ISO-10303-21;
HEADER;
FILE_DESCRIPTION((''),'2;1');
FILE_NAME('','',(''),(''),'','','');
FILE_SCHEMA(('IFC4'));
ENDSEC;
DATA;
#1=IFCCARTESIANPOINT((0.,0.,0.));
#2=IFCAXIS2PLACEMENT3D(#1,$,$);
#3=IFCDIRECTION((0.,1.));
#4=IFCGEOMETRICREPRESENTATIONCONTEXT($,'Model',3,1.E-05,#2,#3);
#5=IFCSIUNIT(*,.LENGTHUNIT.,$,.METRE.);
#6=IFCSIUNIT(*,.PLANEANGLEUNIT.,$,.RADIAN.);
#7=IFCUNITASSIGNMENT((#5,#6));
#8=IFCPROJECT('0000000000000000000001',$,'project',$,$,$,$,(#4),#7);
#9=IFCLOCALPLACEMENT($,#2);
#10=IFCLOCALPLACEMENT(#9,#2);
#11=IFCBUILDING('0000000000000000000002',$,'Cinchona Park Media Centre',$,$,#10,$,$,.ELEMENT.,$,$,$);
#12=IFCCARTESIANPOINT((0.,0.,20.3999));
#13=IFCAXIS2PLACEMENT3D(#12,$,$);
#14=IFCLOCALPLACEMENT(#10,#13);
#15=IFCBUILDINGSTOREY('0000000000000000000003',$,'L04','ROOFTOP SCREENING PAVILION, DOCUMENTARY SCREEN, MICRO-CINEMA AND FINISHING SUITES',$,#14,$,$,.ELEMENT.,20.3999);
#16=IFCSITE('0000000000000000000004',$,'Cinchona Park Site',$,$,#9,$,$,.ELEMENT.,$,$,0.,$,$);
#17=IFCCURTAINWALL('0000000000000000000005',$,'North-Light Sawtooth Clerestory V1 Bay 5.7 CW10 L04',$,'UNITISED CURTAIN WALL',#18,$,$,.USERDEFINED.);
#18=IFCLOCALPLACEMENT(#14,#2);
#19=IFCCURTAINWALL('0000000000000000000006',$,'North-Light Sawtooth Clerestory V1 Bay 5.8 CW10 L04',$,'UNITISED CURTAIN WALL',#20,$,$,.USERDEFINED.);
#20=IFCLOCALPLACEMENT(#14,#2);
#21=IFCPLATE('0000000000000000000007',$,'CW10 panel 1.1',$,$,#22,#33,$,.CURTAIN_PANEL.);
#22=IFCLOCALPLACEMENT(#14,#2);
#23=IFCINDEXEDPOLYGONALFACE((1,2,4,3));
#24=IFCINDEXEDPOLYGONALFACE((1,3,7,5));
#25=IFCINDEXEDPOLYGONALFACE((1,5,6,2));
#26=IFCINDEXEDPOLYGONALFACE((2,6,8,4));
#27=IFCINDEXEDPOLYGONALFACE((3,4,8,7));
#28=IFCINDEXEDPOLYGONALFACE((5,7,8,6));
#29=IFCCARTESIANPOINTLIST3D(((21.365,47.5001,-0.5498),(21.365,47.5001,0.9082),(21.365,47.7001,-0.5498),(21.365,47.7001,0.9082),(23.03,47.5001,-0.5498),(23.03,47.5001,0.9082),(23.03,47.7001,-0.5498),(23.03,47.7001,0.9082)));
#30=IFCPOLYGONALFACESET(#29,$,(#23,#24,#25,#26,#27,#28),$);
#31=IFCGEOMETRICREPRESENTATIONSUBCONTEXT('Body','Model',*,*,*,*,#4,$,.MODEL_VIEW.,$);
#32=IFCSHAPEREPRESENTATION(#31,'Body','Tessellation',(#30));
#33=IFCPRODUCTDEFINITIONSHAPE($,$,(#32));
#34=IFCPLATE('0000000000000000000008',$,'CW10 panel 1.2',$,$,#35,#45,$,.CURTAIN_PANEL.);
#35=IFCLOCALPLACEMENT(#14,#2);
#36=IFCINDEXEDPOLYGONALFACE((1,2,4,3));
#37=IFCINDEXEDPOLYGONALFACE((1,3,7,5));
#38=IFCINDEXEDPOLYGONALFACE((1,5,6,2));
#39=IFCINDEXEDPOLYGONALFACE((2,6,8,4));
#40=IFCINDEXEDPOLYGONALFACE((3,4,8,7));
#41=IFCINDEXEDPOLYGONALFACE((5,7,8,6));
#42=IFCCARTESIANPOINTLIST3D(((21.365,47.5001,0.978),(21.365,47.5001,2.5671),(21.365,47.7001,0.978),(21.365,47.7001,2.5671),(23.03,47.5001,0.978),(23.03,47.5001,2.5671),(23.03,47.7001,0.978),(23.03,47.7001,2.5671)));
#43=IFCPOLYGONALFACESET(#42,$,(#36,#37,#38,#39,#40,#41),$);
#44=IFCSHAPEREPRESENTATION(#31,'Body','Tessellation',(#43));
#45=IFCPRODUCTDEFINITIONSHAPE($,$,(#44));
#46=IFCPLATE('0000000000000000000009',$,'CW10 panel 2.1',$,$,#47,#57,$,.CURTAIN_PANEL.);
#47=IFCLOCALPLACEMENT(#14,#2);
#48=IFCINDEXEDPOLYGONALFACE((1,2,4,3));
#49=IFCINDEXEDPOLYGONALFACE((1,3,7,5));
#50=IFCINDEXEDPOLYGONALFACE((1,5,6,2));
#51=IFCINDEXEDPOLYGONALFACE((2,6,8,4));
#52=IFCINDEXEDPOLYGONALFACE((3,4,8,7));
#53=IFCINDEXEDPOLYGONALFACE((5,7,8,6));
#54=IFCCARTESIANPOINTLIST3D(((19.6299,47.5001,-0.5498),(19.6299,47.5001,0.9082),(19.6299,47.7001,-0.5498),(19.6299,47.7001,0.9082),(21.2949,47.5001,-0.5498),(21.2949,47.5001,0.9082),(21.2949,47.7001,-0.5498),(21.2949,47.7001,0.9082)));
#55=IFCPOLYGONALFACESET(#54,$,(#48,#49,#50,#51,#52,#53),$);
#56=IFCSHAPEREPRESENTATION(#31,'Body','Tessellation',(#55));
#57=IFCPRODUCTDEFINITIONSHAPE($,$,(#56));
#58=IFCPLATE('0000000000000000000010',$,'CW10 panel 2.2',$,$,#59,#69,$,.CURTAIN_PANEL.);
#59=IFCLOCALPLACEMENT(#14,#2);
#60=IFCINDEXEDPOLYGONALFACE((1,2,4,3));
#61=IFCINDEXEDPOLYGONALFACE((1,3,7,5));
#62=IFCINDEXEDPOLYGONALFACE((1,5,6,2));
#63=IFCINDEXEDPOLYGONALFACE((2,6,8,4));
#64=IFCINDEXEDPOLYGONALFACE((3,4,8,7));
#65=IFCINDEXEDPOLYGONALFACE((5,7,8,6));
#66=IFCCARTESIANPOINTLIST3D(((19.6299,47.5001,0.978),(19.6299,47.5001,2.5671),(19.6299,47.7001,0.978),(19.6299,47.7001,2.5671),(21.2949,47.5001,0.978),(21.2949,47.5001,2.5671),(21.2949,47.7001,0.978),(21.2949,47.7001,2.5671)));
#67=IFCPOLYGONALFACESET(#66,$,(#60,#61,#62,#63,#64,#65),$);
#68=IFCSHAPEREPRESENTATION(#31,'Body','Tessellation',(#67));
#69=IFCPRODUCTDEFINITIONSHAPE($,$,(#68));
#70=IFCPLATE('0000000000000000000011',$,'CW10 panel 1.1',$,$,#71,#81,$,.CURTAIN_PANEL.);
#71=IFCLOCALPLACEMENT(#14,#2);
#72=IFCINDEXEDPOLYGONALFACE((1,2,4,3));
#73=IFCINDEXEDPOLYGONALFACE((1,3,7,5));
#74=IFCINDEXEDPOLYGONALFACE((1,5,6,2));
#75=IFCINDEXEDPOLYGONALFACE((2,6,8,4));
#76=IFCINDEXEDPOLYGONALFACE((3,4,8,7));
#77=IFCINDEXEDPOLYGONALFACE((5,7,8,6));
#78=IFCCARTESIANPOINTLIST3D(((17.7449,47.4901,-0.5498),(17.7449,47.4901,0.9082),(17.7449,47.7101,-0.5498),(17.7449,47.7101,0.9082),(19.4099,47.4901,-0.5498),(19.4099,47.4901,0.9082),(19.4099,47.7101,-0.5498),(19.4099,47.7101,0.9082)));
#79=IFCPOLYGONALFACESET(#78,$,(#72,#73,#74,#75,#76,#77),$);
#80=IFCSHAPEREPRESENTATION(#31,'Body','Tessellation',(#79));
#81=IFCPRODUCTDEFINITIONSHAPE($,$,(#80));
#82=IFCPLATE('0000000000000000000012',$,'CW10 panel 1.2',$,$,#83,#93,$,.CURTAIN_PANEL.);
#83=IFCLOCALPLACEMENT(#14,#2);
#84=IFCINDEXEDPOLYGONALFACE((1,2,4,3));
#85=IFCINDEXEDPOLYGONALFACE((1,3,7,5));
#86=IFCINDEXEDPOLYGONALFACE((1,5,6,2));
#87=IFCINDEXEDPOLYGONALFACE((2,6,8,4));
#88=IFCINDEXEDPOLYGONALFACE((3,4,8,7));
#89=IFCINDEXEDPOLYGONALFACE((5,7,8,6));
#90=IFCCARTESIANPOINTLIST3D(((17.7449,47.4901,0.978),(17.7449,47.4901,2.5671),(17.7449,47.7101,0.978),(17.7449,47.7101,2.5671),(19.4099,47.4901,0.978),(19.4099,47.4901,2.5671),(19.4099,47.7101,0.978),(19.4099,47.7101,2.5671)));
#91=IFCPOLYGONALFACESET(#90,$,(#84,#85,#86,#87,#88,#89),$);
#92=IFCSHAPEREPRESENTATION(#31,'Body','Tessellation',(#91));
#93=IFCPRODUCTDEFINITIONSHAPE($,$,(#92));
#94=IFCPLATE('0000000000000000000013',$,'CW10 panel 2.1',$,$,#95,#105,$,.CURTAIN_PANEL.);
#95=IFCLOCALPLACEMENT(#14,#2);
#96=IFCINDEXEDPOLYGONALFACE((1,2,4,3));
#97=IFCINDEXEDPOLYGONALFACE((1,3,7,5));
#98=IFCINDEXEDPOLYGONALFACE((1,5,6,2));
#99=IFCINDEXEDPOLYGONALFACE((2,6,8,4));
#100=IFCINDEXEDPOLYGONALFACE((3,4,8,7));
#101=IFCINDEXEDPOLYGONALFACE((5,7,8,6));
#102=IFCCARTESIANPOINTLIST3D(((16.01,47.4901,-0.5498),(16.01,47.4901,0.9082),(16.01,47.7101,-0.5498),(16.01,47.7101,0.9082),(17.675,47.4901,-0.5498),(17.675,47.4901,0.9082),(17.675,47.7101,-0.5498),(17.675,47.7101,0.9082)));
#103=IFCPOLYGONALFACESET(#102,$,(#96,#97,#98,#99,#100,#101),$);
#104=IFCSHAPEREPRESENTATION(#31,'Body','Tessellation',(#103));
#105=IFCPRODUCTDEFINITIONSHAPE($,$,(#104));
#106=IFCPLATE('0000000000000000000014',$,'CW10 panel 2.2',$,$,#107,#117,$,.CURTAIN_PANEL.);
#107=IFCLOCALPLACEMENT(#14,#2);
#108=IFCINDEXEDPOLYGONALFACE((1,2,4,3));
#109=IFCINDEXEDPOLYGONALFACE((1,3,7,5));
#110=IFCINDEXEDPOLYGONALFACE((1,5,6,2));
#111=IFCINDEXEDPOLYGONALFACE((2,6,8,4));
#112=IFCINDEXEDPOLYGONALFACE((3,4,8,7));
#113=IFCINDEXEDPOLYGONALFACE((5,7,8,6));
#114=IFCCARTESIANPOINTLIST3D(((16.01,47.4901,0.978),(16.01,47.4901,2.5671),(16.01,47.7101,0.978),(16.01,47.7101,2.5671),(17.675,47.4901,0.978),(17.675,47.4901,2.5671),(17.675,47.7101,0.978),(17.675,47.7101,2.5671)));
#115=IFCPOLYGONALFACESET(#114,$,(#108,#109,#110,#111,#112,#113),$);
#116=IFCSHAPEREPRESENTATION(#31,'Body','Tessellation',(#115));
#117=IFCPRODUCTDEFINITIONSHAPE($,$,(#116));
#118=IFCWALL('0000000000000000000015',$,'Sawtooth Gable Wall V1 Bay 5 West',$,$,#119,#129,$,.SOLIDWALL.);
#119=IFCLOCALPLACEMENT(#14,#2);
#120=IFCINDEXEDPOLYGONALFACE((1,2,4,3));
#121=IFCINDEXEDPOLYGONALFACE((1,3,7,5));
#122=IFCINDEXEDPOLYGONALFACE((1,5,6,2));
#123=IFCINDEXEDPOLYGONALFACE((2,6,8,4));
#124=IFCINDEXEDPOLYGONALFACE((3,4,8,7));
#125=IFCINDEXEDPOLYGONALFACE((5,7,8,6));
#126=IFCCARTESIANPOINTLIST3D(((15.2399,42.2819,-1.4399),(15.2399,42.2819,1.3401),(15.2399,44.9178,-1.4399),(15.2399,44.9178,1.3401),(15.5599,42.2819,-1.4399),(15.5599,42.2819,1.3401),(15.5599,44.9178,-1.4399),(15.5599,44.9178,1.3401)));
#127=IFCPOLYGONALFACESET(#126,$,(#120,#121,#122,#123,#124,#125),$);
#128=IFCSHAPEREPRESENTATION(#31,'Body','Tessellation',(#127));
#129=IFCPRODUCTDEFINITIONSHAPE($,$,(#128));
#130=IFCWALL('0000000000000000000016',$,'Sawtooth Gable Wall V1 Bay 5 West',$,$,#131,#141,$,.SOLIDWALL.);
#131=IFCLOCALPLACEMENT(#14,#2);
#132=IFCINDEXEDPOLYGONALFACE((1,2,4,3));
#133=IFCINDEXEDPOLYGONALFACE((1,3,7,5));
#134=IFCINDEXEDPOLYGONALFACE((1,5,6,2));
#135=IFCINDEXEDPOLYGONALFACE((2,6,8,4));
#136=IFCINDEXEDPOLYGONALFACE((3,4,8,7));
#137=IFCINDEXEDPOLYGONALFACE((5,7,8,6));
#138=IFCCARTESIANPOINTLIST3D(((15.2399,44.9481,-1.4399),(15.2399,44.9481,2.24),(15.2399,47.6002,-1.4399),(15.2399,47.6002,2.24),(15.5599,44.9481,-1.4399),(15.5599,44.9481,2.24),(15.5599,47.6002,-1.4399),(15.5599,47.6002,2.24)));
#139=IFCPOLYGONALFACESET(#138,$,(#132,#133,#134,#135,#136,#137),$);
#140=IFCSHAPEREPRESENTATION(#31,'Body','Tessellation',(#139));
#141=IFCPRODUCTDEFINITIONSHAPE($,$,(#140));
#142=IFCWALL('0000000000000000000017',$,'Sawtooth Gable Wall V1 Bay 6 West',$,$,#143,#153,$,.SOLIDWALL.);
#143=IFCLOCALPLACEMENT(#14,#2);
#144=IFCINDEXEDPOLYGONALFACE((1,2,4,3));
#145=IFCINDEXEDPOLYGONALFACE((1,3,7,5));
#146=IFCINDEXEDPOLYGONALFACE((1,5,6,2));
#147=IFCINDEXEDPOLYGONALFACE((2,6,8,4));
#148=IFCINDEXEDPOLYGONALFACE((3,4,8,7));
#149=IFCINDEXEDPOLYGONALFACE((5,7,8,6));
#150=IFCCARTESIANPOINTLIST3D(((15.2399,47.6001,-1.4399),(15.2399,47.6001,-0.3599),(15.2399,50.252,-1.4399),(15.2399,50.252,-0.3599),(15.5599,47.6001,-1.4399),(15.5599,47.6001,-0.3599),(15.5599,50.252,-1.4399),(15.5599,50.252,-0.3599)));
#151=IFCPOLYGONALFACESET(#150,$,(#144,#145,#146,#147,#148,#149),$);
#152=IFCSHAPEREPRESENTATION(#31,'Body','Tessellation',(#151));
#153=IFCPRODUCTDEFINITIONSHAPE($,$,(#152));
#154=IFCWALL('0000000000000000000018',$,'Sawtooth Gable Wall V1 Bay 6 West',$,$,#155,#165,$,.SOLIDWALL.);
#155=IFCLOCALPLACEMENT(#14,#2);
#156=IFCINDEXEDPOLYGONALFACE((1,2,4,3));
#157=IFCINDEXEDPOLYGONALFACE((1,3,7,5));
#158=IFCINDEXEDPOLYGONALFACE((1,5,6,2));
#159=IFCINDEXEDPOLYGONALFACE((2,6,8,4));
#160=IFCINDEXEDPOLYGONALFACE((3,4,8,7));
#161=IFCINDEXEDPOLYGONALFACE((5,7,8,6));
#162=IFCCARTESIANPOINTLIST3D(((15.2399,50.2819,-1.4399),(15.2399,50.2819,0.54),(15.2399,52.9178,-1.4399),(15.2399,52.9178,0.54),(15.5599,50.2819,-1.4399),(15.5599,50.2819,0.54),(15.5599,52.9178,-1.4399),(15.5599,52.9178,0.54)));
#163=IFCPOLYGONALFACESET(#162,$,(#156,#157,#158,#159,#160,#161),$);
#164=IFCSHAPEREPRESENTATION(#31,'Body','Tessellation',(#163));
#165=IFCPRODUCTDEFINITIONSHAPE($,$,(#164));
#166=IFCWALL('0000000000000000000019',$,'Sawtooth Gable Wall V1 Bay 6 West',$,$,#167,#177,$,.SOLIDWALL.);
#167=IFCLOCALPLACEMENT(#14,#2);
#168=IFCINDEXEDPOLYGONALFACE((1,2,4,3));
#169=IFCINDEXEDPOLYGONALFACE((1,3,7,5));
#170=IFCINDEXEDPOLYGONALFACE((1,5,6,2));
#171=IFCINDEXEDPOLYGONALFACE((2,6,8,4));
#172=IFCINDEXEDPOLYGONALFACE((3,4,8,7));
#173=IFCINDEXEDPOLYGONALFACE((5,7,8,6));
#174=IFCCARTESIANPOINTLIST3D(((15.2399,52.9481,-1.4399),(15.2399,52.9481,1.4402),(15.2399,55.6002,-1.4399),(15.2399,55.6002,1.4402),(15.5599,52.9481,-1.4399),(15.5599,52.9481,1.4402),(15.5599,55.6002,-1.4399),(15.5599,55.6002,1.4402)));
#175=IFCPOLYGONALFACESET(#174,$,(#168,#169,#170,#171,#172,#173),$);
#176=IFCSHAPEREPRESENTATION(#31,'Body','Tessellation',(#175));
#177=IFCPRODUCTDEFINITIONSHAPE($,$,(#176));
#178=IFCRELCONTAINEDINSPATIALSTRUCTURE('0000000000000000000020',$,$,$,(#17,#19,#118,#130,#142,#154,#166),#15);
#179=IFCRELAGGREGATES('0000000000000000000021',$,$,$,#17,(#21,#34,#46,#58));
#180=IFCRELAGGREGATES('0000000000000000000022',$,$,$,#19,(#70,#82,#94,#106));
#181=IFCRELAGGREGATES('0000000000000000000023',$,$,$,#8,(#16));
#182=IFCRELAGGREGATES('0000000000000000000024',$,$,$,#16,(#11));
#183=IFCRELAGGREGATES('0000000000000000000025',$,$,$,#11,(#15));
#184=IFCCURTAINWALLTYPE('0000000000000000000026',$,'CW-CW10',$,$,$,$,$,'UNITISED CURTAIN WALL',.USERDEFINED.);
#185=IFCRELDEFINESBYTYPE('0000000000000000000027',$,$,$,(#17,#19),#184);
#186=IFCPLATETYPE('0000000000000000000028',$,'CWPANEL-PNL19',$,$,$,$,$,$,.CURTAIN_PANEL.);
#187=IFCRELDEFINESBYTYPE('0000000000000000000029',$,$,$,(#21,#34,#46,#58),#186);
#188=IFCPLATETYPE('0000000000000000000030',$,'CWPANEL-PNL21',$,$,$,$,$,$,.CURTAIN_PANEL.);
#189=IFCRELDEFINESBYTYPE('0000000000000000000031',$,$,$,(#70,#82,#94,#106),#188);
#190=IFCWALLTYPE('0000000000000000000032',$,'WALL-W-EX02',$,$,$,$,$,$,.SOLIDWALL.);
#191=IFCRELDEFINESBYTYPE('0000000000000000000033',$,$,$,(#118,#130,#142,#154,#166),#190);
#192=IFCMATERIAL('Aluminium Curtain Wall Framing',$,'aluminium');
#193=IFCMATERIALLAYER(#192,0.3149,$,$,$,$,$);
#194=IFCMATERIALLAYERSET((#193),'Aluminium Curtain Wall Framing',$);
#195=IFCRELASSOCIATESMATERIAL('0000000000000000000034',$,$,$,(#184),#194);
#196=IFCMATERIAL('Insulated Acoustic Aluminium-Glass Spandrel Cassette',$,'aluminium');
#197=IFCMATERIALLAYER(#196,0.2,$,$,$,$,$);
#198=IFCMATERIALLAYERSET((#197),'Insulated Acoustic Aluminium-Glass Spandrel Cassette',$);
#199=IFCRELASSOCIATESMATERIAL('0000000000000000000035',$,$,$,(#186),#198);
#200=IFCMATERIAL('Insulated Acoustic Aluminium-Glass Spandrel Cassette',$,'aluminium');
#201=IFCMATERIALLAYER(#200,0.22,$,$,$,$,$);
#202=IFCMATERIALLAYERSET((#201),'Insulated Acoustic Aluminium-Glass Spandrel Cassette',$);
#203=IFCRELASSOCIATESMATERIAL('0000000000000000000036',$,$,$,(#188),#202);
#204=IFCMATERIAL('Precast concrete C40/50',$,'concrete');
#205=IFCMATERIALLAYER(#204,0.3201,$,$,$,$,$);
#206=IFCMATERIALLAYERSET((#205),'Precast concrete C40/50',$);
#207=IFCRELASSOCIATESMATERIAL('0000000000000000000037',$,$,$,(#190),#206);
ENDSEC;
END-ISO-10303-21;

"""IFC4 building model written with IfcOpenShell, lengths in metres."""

from ifc_helpers import new_model, si_unit, direction, frame, frame_2d, origin, origin_2d, place, context, subcontext, project, spatial, rectangle, extrude, material, layer, layer_set, type_object, element, aggregate, save


model = new_model("IFC4")

# Units and contexts
model_context = context("Model", 3, precision=1e-05, world=origin(), true_north=direction((0.0, 1.0)))
body_context = subcontext(model_context, "Body", "Model", "MODEL_VIEW")
ifc_project = project(units=[si_unit("LENGTHUNIT", "METRE"), si_unit("PLANEANGLEUNIT", "RADIAN")], contexts=[model_context])

# Site, building, storey
site_placement = place(None, origin())
site = spatial("IfcSite", under=ifc_project, at=site_placement, Name="Cinchona Park Site", CompositionType="ELEMENT", RefElevation=0.0)
building_placement = place(site_placement, origin())
building = spatial("IfcBuilding", under=site, at=building_placement, Name="Cinchona Park Media Centre", CompositionType="ELEMENT")
storey_placement = place(building_placement, frame((0.0, 0.0, 20.3999)))
storey = spatial("IfcBuildingStorey", under=building, at=storey_placement, Name="L04", Description="ROOFTOP SCREENING PAVILION, DOCUMENTARY SCREEN, MICRO-CINEMA AND FINISHING SUITES", CompositionType="ELEMENT", Elevation=20.3999)

# Curtain walls
ifc_material_1 = material(Name="Aluminium Curtain Wall Framing", Category="aluminium")
ifc_layer_1 = layer(ifc_material_1, 0.3149)
ifc_layer_set_1 = layer_set([ifc_layer_1], Name="Aluminium Curtain Wall Framing")
curtain_wall_type = type_object("IfcCurtainWallType", Name="CW-CW10", ElementType="UNITISED CURTAIN WALL", PredefinedType="USERDEFINED", material=ifc_layer_set_1)
curtain_wall_1_placement = place(storey_placement, origin())
curtain_wall_1 = element("IfcCurtainWall", 1, at=curtain_wall_1_placement, inside=storey, type_object=curtain_wall_type, Name="North-Light Sawtooth Clerestory V1 Bay 5.7 CW10 L04", ObjectType="UNITISED CURTAIN WALL", PredefinedType="USERDEFINED")
curtain_wall_2_placement = place(storey_placement, origin())
curtain_wall_2 = element("IfcCurtainWall", 2, at=curtain_wall_2_placement, inside=storey, type_object=curtain_wall_type, Name="North-Light Sawtooth Clerestory V1 Bay 5.8 CW10 L04", ObjectType="UNITISED CURTAIN WALL", PredefinedType="USERDEFINED")

# Plates
ifc_material_2 = material(Name="Insulated Acoustic Aluminium-Glass Spandrel Cassette", Category="aluminium")
ifc_layer_2 = layer(ifc_material_2, 0.2)
ifc_layer_set_2 = layer_set([ifc_layer_2], Name="Insulated Acoustic Aluminium-Glass Spandrel Cassette")
plate_type_1 = type_object("IfcPlateType", Name="CWPANEL-PNL19", PredefinedType="CURTAIN_PANEL", material=ifc_layer_set_2)
plate_1_placement = place(storey_placement, frame((22.1975, 47.6001, -0.5498), z_axis=(0.0, 0.0, 1.0), x_axis=(-1.0, 0.0, 0.0)))
plate_1 = element("IfcPlate", 3, at=plate_1_placement, type_object=plate_type_1, Name="CW10 panel 1.1", PredefinedType="CURTAIN_PANEL", context=body_context, shape_type="SweptSolid", body=[
    extrude(rectangle(XDim=1.665, YDim=0.2, at=origin_2d()), origin(), (0.0, 0.0, 1.0), 1.458),
])
plate_2_placement = place(storey_placement, frame((22.1975, 47.6001, 0.978), z_axis=(0.0, 0.0, 1.0), x_axis=(-1.0, 0.0, 0.0)))
plate_2 = element("IfcPlate", 4, at=plate_2_placement, type_object=plate_type_1, Name="CW10 panel 1.2", PredefinedType="CURTAIN_PANEL", context=body_context, shape_type="SweptSolid", body=[
    extrude(rectangle(XDim=1.665, YDim=0.2, at=origin_2d()), origin(), (0.0, 0.0, 1.0), 1.5891),
])
plate_3_placement = place(storey_placement, frame((20.4624, 47.6001, -0.5498), z_axis=(0.0, 0.0, 1.0), x_axis=(-1.0, 0.0, 0.0)))
plate_3 = element("IfcPlate", 5, at=plate_3_placement, type_object=plate_type_1, Name="CW10 panel 2.1", PredefinedType="CURTAIN_PANEL", context=body_context, shape_type="SweptSolid", body=[
    extrude(rectangle(XDim=1.665, YDim=0.2, at=origin_2d()), origin(), (0.0, 0.0, 1.0), 1.458),
])
plate_4_placement = place(storey_placement, frame((20.4624, 47.6001, 0.978), z_axis=(0.0, 0.0, 1.0), x_axis=(-1.0, 0.0, 0.0)))
plate_4 = element("IfcPlate", 6, at=plate_4_placement, type_object=plate_type_1, Name="CW10 panel 2.2", PredefinedType="CURTAIN_PANEL", context=body_context, shape_type="SweptSolid", body=[
    extrude(rectangle(XDim=1.665, YDim=0.2, at=origin_2d()), origin(), (0.0, 0.0, 1.0), 1.5891),
])
aggregate(curtain_wall_1, [plate_1, plate_2, plate_3, plate_4])
ifc_material_3 = material(Name="Insulated Acoustic Aluminium-Glass Spandrel Cassette", Category="aluminium")
ifc_layer_3 = layer(ifc_material_3, 0.22)
ifc_layer_set_3 = layer_set([ifc_layer_3], Name="Insulated Acoustic Aluminium-Glass Spandrel Cassette")
plate_type_2 = type_object("IfcPlateType", Name="CWPANEL-PNL21", PredefinedType="CURTAIN_PANEL", material=ifc_layer_set_3)
plate_5_placement = place(storey_placement, frame((18.5774, 47.6001, -0.5498), z_axis=(0.0, 0.0, 1.0), x_axis=(-1.0, 0.0, 0.0)))
plate_5 = element("IfcPlate", 7, at=plate_5_placement, type_object=plate_type_2, Name="CW10 panel 1.1", PredefinedType="CURTAIN_PANEL", context=body_context, shape_type="SweptSolid", body=[
    extrude(rectangle(XDim=1.665, YDim=0.22, at=origin_2d()), origin(), (0.0, 0.0, 1.0), 1.458),
])
plate_6_placement = place(storey_placement, frame((18.5774, 47.6001, 0.978), z_axis=(0.0, 0.0, 1.0), x_axis=(-1.0, 0.0, 0.0)))
plate_6 = element("IfcPlate", 8, at=plate_6_placement, type_object=plate_type_2, Name="CW10 panel 1.2", PredefinedType="CURTAIN_PANEL", context=body_context, shape_type="SweptSolid", body=[
    extrude(rectangle(XDim=1.665, YDim=0.22, at=origin_2d()), origin(), (0.0, 0.0, 1.0), 1.5891),
])
plate_7_placement = place(storey_placement, frame((16.8425, 47.6001, -0.5498), z_axis=(0.0, 0.0, 1.0), x_axis=(-1.0, 0.0, 0.0)))
plate_7 = element("IfcPlate", 9, at=plate_7_placement, type_object=plate_type_2, Name="CW10 panel 2.1", PredefinedType="CURTAIN_PANEL", context=body_context, shape_type="SweptSolid", body=[
    extrude(rectangle(XDim=1.665, YDim=0.22, at=origin_2d()), origin(), (0.0, 0.0, 1.0), 1.458),
])
plate_8_placement = place(storey_placement, frame((16.8425, 47.6001, 0.978), z_axis=(0.0, 0.0, 1.0), x_axis=(-1.0, 0.0, 0.0)))
plate_8 = element("IfcPlate", 10, at=plate_8_placement, type_object=plate_type_2, Name="CW10 panel 2.2", PredefinedType="CURTAIN_PANEL", context=body_context, shape_type="SweptSolid", body=[
    extrude(rectangle(XDim=1.665, YDim=0.22, at=origin_2d()), origin(), (0.0, 0.0, 1.0), 1.5891),
])
aggregate(curtain_wall_2, [plate_5, plate_6, plate_7, plate_8])

# Walls
ifc_material_4 = material(Name="Precast concrete C40/50", Category="concrete")
ifc_layer_4 = layer(ifc_material_4, 0.3201)
ifc_layer_set_4 = layer_set([ifc_layer_4], Name="Precast concrete C40/50")
wall_type = type_object("IfcWallType", Name="WALL-W-EX02", PredefinedType="SOLIDWALL", material=ifc_layer_set_4)
wall_1_placement = place(storey_placement, frame((15.3999, 42.282, -1.4399), z_axis=(0.0, 0.0, 1.0), x_axis=(0.0, 1.0, 0.0)))
element("IfcWall", 11, at=wall_1_placement, inside=storey, type_object=wall_type, Name="Sawtooth Gable Wall V1 Bay 5 West", PredefinedType="SOLIDWALL", context=body_context, shape_type="SweptSolid", body=[
    extrude(rectangle(XDim=2.636, YDim=0.3201, at=frame_2d((1.3179, 0.0))), origin(), (0.0, 0.0, 1.0), 2.78),
])
wall_2_placement = place(storey_placement, frame((15.3999, 44.948, -1.4399), z_axis=(0.0, 0.0, 1.0), x_axis=(0.0, 1.0, 0.0)))
element("IfcWall", 12, at=wall_2_placement, inside=storey, type_object=wall_type, Name="Sawtooth Gable Wall V1 Bay 5 West", PredefinedType="SOLIDWALL", context=body_context, shape_type="SweptSolid", body=[
    extrude(rectangle(XDim=2.6521, YDim=0.3201, at=frame_2d((1.3262, 0.0))), origin(), (0.0, 0.0, 1.0), 3.6799),
])
wall_3_placement = place(storey_placement, frame((15.3999, 47.6001, -1.4399), z_axis=(0.0, 0.0, 1.0), x_axis=(0.0, 1.0, 0.0)))
element("IfcWall", 13, at=wall_3_placement, inside=storey, type_object=wall_type, Name="Sawtooth Gable Wall V1 Bay 6 West", PredefinedType="SOLIDWALL", context=body_context, shape_type="SweptSolid", body=[
    extrude(rectangle(XDim=2.6519, YDim=0.3201, at=frame_2d((1.3259, 0.0))), origin(), (0.0, 0.0, 1.0), 1.0801),
])
wall_4_placement = place(storey_placement, frame((15.3999, 50.282, -1.4399), z_axis=(0.0, 0.0, 1.0), x_axis=(0.0, 1.0, 0.0)))
element("IfcWall", 14, at=wall_4_placement, inside=storey, type_object=wall_type, Name="Sawtooth Gable Wall V1 Bay 6 West", PredefinedType="SOLIDWALL", context=body_context, shape_type="SweptSolid", body=[
    extrude(rectangle(XDim=2.636, YDim=0.3201, at=frame_2d((1.3179, 0.0))), origin(), (0.0, 0.0, 1.0), 1.98),
])
wall_5_placement = place(storey_placement, frame((15.3999, 52.948, -1.4399), z_axis=(0.0, 0.0, 1.0), x_axis=(0.0, 1.0, 0.0)))
element("IfcWall", 15, at=wall_5_placement, inside=storey, type_object=wall_type, Name="Sawtooth Gable Wall V1 Bay 6 West", PredefinedType="SOLIDWALL", context=body_context, shape_type="SweptSolid", body=[
    extrude(rectangle(XDim=2.6521, YDim=0.3201, at=frame_2d((1.3262, 0.0))), origin(), (0.0, 0.0, 1.0), 2.8801),
])

save(model, "model.ifc")
